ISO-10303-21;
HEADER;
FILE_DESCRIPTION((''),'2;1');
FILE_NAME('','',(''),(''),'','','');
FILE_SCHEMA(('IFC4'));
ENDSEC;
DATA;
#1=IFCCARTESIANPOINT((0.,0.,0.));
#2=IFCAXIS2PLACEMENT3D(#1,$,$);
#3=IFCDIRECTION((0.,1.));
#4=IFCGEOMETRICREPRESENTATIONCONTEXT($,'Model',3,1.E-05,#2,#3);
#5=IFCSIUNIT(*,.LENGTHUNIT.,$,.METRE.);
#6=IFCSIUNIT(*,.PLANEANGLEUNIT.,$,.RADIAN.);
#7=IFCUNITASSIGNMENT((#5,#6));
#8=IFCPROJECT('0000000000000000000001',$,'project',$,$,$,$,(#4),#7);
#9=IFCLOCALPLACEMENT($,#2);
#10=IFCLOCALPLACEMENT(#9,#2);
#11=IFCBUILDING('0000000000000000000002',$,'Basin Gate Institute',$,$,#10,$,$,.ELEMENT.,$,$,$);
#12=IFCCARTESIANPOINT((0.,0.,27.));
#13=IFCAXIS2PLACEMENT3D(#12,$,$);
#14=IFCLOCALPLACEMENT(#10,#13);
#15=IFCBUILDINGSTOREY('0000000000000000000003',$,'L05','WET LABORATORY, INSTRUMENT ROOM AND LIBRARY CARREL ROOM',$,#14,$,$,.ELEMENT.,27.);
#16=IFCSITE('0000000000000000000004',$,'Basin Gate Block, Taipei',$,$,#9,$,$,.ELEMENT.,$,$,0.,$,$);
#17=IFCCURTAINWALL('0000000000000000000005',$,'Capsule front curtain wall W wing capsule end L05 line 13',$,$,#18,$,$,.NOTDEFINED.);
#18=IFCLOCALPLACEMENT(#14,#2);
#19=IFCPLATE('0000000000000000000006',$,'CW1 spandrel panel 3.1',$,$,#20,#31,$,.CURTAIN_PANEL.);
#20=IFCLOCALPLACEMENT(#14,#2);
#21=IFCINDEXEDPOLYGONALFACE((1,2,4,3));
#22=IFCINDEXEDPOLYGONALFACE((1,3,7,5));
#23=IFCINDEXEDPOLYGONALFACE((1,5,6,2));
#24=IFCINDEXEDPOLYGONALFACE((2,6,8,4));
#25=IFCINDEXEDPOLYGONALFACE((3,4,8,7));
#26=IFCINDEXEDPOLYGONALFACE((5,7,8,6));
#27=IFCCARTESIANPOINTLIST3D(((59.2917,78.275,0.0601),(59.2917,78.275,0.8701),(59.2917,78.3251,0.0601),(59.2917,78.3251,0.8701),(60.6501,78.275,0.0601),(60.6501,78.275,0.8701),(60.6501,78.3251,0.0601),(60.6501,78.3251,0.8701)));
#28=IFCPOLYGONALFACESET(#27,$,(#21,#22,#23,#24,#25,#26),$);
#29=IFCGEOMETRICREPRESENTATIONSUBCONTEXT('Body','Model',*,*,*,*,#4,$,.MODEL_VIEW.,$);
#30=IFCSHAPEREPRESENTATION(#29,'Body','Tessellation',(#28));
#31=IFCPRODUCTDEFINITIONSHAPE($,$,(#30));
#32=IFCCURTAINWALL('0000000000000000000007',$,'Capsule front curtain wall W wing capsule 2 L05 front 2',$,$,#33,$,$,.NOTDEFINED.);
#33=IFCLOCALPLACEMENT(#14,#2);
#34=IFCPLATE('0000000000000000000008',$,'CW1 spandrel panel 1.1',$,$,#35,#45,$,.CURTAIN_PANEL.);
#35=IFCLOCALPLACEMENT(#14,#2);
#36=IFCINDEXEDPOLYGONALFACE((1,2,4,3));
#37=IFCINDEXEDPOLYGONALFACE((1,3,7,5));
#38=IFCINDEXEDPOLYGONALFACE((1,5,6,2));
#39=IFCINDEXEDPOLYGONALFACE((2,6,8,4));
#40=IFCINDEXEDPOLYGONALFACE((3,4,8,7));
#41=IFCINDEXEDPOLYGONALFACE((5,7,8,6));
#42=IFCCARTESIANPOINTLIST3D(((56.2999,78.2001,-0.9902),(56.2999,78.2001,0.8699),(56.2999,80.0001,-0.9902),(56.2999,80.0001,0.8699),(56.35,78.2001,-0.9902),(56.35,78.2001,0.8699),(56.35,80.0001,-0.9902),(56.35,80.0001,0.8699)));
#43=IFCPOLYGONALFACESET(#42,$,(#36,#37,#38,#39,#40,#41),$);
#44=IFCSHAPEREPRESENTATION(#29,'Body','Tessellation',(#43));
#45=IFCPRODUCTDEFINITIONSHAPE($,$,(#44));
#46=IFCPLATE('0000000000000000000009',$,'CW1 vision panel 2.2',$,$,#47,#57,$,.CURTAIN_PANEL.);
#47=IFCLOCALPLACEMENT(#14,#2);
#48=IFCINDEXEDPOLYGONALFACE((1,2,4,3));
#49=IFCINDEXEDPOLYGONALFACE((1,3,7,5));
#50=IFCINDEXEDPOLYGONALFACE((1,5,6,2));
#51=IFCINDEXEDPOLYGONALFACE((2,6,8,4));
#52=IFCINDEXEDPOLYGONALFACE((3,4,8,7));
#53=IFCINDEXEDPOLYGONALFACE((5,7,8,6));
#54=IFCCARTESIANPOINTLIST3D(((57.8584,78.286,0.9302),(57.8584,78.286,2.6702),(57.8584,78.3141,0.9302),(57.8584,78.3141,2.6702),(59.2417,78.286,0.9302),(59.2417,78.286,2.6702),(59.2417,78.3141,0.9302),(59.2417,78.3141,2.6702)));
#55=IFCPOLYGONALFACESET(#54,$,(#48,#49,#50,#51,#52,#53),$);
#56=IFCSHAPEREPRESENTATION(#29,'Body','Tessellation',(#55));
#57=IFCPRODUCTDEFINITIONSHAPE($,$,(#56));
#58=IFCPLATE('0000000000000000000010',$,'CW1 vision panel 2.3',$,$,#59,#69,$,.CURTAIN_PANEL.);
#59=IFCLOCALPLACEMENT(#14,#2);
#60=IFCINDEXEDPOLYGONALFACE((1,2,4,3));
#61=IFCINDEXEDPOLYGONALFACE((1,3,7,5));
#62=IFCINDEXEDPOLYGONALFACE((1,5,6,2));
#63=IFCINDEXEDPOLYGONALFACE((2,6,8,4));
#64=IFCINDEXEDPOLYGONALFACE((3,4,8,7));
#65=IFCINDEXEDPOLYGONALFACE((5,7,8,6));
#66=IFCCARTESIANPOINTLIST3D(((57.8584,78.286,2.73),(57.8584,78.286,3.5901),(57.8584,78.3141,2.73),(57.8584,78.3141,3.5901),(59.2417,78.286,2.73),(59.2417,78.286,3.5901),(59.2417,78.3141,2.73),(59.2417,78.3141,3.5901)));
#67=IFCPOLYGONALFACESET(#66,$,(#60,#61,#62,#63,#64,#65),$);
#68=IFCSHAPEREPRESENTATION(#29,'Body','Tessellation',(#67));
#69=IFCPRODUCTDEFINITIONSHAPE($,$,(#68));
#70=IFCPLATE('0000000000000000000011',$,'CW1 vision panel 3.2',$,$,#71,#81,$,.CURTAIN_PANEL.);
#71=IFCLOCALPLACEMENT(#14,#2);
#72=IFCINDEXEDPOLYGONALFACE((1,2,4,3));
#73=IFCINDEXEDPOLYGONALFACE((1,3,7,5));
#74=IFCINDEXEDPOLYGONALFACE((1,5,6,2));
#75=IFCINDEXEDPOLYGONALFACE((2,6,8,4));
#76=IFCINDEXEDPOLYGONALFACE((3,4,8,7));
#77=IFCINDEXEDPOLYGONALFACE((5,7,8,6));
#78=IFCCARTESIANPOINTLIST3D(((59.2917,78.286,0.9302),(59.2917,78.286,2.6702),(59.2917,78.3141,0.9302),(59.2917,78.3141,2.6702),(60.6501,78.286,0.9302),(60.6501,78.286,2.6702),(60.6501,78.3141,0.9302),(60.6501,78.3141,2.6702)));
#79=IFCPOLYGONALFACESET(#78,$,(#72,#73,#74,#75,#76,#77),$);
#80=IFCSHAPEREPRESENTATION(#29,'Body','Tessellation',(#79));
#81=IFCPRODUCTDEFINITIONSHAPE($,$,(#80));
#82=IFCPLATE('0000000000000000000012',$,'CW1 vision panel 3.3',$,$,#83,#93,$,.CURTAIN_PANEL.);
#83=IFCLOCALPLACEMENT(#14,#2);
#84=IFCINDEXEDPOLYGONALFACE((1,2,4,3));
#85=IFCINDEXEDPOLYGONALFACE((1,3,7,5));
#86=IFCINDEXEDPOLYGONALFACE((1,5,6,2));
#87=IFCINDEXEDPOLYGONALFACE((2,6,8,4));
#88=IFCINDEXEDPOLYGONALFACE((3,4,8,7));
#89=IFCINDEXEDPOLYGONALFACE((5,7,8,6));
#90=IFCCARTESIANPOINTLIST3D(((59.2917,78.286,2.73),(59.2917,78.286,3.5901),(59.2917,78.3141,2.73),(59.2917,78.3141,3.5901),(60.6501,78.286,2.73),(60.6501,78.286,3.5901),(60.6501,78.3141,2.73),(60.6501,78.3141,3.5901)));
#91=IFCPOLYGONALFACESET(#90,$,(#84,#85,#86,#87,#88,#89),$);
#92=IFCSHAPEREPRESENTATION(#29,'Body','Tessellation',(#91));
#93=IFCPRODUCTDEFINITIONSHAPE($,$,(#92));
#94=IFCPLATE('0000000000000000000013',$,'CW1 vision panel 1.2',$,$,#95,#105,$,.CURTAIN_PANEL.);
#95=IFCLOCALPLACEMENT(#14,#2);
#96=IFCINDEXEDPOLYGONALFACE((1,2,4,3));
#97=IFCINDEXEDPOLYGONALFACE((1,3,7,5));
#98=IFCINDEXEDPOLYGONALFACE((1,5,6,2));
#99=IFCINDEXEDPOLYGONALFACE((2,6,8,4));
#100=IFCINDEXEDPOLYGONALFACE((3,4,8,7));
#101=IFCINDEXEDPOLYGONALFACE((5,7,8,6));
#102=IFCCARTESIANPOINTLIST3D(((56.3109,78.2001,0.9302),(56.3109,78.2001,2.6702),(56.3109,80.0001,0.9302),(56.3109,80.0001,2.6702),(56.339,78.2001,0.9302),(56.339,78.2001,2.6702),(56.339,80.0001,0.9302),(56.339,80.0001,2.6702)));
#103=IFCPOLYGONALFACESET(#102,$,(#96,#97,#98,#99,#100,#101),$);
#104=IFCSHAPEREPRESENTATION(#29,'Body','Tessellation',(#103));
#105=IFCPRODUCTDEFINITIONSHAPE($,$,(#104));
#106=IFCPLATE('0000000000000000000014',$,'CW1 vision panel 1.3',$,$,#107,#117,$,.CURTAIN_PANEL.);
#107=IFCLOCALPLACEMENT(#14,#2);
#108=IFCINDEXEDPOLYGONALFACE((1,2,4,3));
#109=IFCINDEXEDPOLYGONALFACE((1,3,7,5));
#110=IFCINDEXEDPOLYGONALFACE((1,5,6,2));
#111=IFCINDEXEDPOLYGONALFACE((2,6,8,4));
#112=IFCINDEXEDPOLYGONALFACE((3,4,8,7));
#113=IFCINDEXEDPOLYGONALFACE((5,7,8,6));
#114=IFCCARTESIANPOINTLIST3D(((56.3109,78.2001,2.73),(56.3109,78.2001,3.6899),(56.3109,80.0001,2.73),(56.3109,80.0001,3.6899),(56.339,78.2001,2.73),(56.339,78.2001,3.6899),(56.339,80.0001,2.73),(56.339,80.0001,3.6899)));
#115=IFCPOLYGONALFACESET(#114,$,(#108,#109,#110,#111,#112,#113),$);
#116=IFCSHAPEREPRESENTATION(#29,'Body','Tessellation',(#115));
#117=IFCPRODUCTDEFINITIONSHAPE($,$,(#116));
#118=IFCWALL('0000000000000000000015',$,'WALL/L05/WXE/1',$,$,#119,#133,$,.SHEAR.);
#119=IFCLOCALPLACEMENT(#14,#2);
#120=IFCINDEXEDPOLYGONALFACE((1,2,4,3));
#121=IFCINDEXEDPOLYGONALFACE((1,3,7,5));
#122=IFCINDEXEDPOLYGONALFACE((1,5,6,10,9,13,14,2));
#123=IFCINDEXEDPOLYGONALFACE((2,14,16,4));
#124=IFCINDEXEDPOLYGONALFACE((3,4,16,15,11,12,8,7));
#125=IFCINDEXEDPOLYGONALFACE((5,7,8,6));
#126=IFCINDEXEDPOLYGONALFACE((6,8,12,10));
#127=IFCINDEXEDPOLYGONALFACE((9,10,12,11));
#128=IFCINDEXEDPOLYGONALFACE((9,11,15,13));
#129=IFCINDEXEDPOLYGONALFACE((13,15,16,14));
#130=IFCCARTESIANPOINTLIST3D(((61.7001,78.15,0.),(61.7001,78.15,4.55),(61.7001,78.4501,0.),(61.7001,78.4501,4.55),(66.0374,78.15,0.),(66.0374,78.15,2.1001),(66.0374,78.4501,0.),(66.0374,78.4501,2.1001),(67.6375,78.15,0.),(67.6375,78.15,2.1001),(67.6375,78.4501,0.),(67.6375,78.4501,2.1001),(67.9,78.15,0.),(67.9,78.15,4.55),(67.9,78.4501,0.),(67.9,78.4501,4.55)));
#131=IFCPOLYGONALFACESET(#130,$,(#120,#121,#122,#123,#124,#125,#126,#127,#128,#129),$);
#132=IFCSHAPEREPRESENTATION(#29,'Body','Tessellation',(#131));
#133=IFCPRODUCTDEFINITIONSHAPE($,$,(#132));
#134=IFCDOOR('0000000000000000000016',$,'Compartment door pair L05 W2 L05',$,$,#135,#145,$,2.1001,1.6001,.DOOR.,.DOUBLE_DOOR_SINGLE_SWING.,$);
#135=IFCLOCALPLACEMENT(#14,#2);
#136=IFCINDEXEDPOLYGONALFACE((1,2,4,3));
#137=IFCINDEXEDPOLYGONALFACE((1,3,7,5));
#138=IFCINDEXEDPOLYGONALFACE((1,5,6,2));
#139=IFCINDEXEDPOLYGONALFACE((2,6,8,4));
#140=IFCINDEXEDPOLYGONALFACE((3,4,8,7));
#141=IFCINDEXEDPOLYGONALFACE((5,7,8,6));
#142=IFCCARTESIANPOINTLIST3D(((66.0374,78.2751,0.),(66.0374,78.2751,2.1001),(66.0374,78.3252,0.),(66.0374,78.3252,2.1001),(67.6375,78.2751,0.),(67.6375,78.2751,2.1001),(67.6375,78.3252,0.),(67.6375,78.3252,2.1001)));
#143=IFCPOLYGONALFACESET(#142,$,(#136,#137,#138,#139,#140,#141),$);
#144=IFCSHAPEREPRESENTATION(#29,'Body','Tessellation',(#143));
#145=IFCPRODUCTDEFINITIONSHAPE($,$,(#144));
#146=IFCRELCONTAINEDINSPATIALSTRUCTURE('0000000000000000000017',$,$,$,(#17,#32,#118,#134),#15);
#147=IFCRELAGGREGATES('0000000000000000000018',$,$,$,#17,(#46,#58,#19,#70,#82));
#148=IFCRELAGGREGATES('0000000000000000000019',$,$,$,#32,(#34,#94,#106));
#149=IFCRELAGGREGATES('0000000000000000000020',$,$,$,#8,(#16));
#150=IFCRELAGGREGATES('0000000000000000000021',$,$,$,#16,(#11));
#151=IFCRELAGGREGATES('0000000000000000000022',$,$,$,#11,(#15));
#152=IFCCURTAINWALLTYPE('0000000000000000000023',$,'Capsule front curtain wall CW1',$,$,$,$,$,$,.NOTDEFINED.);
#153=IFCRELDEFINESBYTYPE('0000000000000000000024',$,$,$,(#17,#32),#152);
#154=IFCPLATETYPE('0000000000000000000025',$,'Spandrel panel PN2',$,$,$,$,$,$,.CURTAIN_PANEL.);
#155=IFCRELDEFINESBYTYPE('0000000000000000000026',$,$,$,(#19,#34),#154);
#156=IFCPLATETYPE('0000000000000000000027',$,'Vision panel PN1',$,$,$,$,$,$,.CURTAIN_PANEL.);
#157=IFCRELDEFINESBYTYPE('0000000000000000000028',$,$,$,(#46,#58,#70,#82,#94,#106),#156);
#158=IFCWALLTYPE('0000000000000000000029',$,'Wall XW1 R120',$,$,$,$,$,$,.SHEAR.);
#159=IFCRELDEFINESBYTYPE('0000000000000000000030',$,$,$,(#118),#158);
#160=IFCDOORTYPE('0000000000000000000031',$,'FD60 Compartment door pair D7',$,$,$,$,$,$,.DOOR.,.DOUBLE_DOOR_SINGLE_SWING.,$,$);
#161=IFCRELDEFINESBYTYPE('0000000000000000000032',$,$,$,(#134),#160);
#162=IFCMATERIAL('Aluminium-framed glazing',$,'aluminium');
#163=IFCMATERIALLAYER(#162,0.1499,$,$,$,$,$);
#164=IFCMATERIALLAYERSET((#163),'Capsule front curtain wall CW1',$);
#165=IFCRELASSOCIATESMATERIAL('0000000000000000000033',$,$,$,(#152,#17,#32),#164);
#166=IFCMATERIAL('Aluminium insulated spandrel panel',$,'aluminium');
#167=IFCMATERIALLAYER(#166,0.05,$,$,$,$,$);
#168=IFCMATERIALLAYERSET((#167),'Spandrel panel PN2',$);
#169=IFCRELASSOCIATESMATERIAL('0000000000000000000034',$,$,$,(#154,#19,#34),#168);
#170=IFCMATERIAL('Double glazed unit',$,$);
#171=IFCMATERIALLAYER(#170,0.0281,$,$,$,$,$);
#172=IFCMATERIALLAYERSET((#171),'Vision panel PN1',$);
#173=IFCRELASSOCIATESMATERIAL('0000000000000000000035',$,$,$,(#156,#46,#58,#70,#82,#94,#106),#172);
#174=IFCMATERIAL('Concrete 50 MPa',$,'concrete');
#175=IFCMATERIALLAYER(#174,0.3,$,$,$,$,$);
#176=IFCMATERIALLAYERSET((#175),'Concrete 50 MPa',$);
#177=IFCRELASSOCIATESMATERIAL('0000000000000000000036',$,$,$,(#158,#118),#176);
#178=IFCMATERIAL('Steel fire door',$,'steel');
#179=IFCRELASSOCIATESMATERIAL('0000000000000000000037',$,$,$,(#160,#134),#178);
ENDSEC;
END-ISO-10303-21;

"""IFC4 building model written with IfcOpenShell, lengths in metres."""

from ifc_helpers import new_model, si_unit, direction, frame, frame_2d, origin, origin_2d, place, context, subcontext, project, spatial, rectangle, extrude, material, layer, layer_set, type_object, element, fill, aggregate, save


model = new_model("IFC4")

# Units and contexts
model_context = context("Model", 3, precision=1e-05, world=origin(), true_north=direction((0.0, 1.0)))
body_context = subcontext(model_context, "Body", "Model", "MODEL_VIEW")
ifc_project = project(units=[si_unit("LENGTHUNIT", "METRE"), si_unit("PLANEANGLEUNIT", "RADIAN")], contexts=[model_context])

# Site, building, storey
site_placement = place(None, origin())
site = spatial("IfcSite", under=ifc_project, at=site_placement, Name="Basin Gate Block, Taipei", CompositionType="ELEMENT", RefElevation=0.0)
building_placement = place(site_placement, origin())
building = spatial("IfcBuilding", under=site, at=building_placement, Name="Basin Gate Institute", CompositionType="ELEMENT")
storey_placement = place(building_placement, frame((0.0, 0.0, 27.0)))
storey = spatial("IfcBuildingStorey", under=building, at=storey_placement, Name="L05", Description="WET LABORATORY, INSTRUMENT ROOM AND LIBRARY CARREL ROOM", CompositionType="ELEMENT", Elevation=27.0)

# Curtain wall
ifc_material_1 = material(Name="Aluminium-framed glazing", Category="aluminium")
ifc_layer_1 = layer(ifc_material_1, 0.1499)
ifc_layer_set_1 = layer_set([ifc_layer_1], Name="Capsule front curtain wall CW1")
curtain_wall_type = type_object("IfcCurtainWallType", Name="Capsule front curtain wall CW1", PredefinedType="NOTDEFINED", material=ifc_layer_set_1)
curtain_wall_1_placement = place(storey_placement, origin())
curtain_wall_1 = element("IfcCurtainWall", 1, at=curtain_wall_1_placement, inside=storey, type_object=curtain_wall_type, material=ifc_layer_set_1, Name="Capsule front curtain wall W wing capsule end L05 line 13", PredefinedType="NOTDEFINED")

# Plate
ifc_material_2 = material(Name="Aluminium insulated spandrel panel", Category="aluminium")
ifc_layer_2 = layer(ifc_material_2, 0.05)
ifc_layer_set_2 = layer_set([ifc_layer_2], Name="Spandrel panel PN2")
plate_type_1 = type_object("IfcPlateType", Name="Spandrel panel PN2", PredefinedType="CURTAIN_PANEL", material=ifc_layer_set_2)
plate_1_placement = place(storey_placement, frame((59.9709, 78.3, 0.0601), z_axis=(0.0, 0.0, 1.0), x_axis=(1.0, 0.0, 0.0)))
plate_1 = element("IfcPlate", 2, at=plate_1_placement, type_object=plate_type_1, material=ifc_layer_set_2, Name="CW1 spandrel panel 3.1", PredefinedType="CURTAIN_PANEL", context=body_context, shape_type="SweptSolid", body=[
    extrude(rectangle(XDim=1.3584, YDim=0.05, at=origin_2d()), origin(), (0.0, 0.0, 1.0), 0.8101),
])

# Curtain wall, plate
curtain_wall_2_placement = place(storey_placement, origin())
curtain_wall_2 = element("IfcCurtainWall", 3, at=curtain_wall_2_placement, inside=storey, type_object=curtain_wall_type, material=ifc_layer_set_1, Name="Capsule front curtain wall W wing capsule 2 L05 front 2", PredefinedType="NOTDEFINED")
plate_2_placement = place(storey_placement, frame((56.325, 79.1001, -0.9902), z_axis=(0.0, 0.0, 1.0), x_axis=(0.0, 1.0, 0.0)))
plate_2 = element("IfcPlate", 4, at=plate_2_placement, type_object=plate_type_1, material=ifc_layer_set_2, Name="CW1 spandrel panel 1.1", PredefinedType="CURTAIN_PANEL", context=body_context, shape_type="SweptSolid", body=[
    extrude(rectangle(XDim=1.8, YDim=0.05, at=origin_2d()), origin(), (0.0, 0.0, 1.0), 1.8601),
])

# Plates
ifc_material_3 = material(Name="Double glazed unit")
ifc_layer_3 = layer(ifc_material_3, 0.0281)
ifc_layer_set_3 = layer_set([ifc_layer_3], Name="Vision panel PN1")
plate_type_2 = type_object("IfcPlateType", Name="Vision panel PN1", PredefinedType="CURTAIN_PANEL", material=ifc_layer_set_3)
plate_3_placement = place(storey_placement, frame((58.55, 78.3, 0.9302), z_axis=(0.0, 0.0, 1.0), x_axis=(1.0, 0.0, 0.0)))
plate_3 = element("IfcPlate", 5, at=plate_3_placement, type_object=plate_type_2, material=ifc_layer_set_3, Name="CW1 vision panel 2.2", PredefinedType="CURTAIN_PANEL", context=body_context, shape_type="SweptSolid", body=[
    extrude(rectangle(XDim=1.3833, YDim=0.0281, at=origin_2d()), origin(), (0.0, 0.0, 1.0), 1.74),
])
plate_4_placement = place(storey_placement, frame((58.55, 78.3, 2.73), z_axis=(0.0, 0.0, 1.0), x_axis=(1.0, 0.0, 0.0)))
plate_4 = element("IfcPlate", 6, at=plate_4_placement, type_object=plate_type_2, material=ifc_layer_set_3, Name="CW1 vision panel 2.3", PredefinedType="CURTAIN_PANEL", context=body_context, shape_type="SweptSolid", body=[
    extrude(rectangle(XDim=1.3833, YDim=0.0281, at=origin_2d()), origin(), (0.0, 0.0, 1.0), 0.8601),
])
plate_5_placement = place(storey_placement, frame((59.9709, 78.3, 0.9302), z_axis=(0.0, 0.0, 1.0), x_axis=(1.0, 0.0, 0.0)))
plate_5 = element("IfcPlate", 7, at=plate_5_placement, type_object=plate_type_2, material=ifc_layer_set_3, Name="CW1 vision panel 3.2", PredefinedType="CURTAIN_PANEL", context=body_context, shape_type="SweptSolid", body=[
    extrude(rectangle(XDim=1.3584, YDim=0.0281, at=origin_2d()), origin(), (0.0, 0.0, 1.0), 1.74),
])
plate_6_placement = place(storey_placement, frame((59.9709, 78.3, 2.73), z_axis=(0.0, 0.0, 1.0), x_axis=(1.0, 0.0, 0.0)))
plate_6 = element("IfcPlate", 8, at=plate_6_placement, type_object=plate_type_2, material=ifc_layer_set_3, Name="CW1 vision panel 3.3", PredefinedType="CURTAIN_PANEL", context=body_context, shape_type="SweptSolid", body=[
    extrude(rectangle(XDim=1.3584, YDim=0.0281, at=origin_2d()), origin(), (0.0, 0.0, 1.0), 0.8601),
])
aggregate(curtain_wall_1, [plate_3, plate_4, plate_1, plate_5, plate_6])
plate_7_placement = place(storey_placement, frame((56.325, 79.1001, 0.9302), z_axis=(0.0, 0.0, 1.0), x_axis=(0.0, 1.0, 0.0)))
plate_7 = element("IfcPlate", 9, at=plate_7_placement, type_object=plate_type_2, material=ifc_layer_set_3, Name="CW1 vision panel 1.2", PredefinedType="CURTAIN_PANEL", context=body_context, shape_type="SweptSolid", body=[
    extrude(rectangle(XDim=1.8, YDim=0.0281, at=origin_2d()), origin(), (0.0, 0.0, 1.0), 1.74),
])
plate_8_placement = place(storey_placement, frame((56.325, 79.1001, 2.73), z_axis=(0.0, 0.0, 1.0), x_axis=(0.0, 1.0, 0.0)))
plate_8 = element("IfcPlate", 10, at=plate_8_placement, type_object=plate_type_2, material=ifc_layer_set_3, Name="CW1 vision panel 1.3", PredefinedType="CURTAIN_PANEL", context=body_context, shape_type="SweptSolid", body=[
    extrude(rectangle(XDim=1.8, YDim=0.0281, at=origin_2d()), origin(), (0.0, 0.0, 1.0), 0.96),
])
aggregate(curtain_wall_2, [plate_2, plate_7, plate_8])

# Wall, opening, door
ifc_material_4 = material(Name="Concrete 50 MPa", Category="concrete")
ifc_layer_4 = layer(ifc_material_4, 0.3)
ifc_layer_set_4 = layer_set([ifc_layer_4], Name="Concrete 50 MPa")
wall_type = type_object("IfcWallType", Name="Wall XW1 R120", PredefinedType="SHEAR", material=ifc_layer_set_4)
wall_placement = place(storey_placement, frame((61.7, 78.3, 0.0), z_axis=(0.0, 0.0, 1.0), x_axis=(1.0, 0.0, 0.0)))
wall = element("IfcWall", 11, at=wall_placement, inside=storey, type_object=wall_type, material=ifc_layer_set_4, Name="WALL/L05/WXE/1", PredefinedType="SHEAR", context=body_context, shape_type="SweptSolid", body=[
    extrude(rectangle(XDim=6.2, YDim=0.3, at=frame_2d((3.1001, 0.0))), origin(), (0.0, 0.0, 1.0), 4.55),
])
opening_placement = place(wall_placement, frame((4.3374, 0.0, 0.0)))
opening = element("IfcOpeningElement", 12, at=opening_placement, cuts=wall, PredefinedType="OPENING", context=body_context, shape_type="SweptSolid", body=[
    extrude(rectangle(XDim=1.6001, YDim=2.1001, at=frame_2d((0.8, 1.05))), frame((0.0, 0.1602, 0.0), z_axis=(0.0, -1.0, 0.0), x_axis=(1.0, 0.0, 0.0)), (0.0, 0.0, 1.0), 0.3201),
])
ifc_material_5 = material(Name="Steel fire door", Category="steel")
door_type = type_object("IfcDoorType", Name="FD60 Compartment door pair D7", OperationType="DOUBLE_DOOR_SINGLE_SWING", PredefinedType="DOOR", material=ifc_material_5)
door_placement = place(opening_placement, frame((1.6001, 0.0, 0.0), z_axis=(0.0, 0.0, 1.0), x_axis=(-1.0, 0.0, 0.0)))
door = element("IfcDoor", 13, at=door_placement, inside=storey, type_object=door_type, material=ifc_material_5, Name="Compartment door pair L05 W2 L05", OperationType="DOUBLE_DOOR_SINGLE_SWING", OverallHeight=2.1001, OverallWidth=1.6001, PredefinedType="DOOR", context=body_context, shape_type="SweptSolid", body=[
    extrude(rectangle(XDim=1.6001, YDim=2.1001, at=frame_2d((0.8, 1.05))), frame((0.0, 0.0249, 0.0), z_axis=(0.0, -1.0, 0.0), x_axis=(1.0, 0.0, 0.0)), (0.0, 0.0, 1.0), 0.05),
])
fill(opening, door)

save(model, "model.ifc")
